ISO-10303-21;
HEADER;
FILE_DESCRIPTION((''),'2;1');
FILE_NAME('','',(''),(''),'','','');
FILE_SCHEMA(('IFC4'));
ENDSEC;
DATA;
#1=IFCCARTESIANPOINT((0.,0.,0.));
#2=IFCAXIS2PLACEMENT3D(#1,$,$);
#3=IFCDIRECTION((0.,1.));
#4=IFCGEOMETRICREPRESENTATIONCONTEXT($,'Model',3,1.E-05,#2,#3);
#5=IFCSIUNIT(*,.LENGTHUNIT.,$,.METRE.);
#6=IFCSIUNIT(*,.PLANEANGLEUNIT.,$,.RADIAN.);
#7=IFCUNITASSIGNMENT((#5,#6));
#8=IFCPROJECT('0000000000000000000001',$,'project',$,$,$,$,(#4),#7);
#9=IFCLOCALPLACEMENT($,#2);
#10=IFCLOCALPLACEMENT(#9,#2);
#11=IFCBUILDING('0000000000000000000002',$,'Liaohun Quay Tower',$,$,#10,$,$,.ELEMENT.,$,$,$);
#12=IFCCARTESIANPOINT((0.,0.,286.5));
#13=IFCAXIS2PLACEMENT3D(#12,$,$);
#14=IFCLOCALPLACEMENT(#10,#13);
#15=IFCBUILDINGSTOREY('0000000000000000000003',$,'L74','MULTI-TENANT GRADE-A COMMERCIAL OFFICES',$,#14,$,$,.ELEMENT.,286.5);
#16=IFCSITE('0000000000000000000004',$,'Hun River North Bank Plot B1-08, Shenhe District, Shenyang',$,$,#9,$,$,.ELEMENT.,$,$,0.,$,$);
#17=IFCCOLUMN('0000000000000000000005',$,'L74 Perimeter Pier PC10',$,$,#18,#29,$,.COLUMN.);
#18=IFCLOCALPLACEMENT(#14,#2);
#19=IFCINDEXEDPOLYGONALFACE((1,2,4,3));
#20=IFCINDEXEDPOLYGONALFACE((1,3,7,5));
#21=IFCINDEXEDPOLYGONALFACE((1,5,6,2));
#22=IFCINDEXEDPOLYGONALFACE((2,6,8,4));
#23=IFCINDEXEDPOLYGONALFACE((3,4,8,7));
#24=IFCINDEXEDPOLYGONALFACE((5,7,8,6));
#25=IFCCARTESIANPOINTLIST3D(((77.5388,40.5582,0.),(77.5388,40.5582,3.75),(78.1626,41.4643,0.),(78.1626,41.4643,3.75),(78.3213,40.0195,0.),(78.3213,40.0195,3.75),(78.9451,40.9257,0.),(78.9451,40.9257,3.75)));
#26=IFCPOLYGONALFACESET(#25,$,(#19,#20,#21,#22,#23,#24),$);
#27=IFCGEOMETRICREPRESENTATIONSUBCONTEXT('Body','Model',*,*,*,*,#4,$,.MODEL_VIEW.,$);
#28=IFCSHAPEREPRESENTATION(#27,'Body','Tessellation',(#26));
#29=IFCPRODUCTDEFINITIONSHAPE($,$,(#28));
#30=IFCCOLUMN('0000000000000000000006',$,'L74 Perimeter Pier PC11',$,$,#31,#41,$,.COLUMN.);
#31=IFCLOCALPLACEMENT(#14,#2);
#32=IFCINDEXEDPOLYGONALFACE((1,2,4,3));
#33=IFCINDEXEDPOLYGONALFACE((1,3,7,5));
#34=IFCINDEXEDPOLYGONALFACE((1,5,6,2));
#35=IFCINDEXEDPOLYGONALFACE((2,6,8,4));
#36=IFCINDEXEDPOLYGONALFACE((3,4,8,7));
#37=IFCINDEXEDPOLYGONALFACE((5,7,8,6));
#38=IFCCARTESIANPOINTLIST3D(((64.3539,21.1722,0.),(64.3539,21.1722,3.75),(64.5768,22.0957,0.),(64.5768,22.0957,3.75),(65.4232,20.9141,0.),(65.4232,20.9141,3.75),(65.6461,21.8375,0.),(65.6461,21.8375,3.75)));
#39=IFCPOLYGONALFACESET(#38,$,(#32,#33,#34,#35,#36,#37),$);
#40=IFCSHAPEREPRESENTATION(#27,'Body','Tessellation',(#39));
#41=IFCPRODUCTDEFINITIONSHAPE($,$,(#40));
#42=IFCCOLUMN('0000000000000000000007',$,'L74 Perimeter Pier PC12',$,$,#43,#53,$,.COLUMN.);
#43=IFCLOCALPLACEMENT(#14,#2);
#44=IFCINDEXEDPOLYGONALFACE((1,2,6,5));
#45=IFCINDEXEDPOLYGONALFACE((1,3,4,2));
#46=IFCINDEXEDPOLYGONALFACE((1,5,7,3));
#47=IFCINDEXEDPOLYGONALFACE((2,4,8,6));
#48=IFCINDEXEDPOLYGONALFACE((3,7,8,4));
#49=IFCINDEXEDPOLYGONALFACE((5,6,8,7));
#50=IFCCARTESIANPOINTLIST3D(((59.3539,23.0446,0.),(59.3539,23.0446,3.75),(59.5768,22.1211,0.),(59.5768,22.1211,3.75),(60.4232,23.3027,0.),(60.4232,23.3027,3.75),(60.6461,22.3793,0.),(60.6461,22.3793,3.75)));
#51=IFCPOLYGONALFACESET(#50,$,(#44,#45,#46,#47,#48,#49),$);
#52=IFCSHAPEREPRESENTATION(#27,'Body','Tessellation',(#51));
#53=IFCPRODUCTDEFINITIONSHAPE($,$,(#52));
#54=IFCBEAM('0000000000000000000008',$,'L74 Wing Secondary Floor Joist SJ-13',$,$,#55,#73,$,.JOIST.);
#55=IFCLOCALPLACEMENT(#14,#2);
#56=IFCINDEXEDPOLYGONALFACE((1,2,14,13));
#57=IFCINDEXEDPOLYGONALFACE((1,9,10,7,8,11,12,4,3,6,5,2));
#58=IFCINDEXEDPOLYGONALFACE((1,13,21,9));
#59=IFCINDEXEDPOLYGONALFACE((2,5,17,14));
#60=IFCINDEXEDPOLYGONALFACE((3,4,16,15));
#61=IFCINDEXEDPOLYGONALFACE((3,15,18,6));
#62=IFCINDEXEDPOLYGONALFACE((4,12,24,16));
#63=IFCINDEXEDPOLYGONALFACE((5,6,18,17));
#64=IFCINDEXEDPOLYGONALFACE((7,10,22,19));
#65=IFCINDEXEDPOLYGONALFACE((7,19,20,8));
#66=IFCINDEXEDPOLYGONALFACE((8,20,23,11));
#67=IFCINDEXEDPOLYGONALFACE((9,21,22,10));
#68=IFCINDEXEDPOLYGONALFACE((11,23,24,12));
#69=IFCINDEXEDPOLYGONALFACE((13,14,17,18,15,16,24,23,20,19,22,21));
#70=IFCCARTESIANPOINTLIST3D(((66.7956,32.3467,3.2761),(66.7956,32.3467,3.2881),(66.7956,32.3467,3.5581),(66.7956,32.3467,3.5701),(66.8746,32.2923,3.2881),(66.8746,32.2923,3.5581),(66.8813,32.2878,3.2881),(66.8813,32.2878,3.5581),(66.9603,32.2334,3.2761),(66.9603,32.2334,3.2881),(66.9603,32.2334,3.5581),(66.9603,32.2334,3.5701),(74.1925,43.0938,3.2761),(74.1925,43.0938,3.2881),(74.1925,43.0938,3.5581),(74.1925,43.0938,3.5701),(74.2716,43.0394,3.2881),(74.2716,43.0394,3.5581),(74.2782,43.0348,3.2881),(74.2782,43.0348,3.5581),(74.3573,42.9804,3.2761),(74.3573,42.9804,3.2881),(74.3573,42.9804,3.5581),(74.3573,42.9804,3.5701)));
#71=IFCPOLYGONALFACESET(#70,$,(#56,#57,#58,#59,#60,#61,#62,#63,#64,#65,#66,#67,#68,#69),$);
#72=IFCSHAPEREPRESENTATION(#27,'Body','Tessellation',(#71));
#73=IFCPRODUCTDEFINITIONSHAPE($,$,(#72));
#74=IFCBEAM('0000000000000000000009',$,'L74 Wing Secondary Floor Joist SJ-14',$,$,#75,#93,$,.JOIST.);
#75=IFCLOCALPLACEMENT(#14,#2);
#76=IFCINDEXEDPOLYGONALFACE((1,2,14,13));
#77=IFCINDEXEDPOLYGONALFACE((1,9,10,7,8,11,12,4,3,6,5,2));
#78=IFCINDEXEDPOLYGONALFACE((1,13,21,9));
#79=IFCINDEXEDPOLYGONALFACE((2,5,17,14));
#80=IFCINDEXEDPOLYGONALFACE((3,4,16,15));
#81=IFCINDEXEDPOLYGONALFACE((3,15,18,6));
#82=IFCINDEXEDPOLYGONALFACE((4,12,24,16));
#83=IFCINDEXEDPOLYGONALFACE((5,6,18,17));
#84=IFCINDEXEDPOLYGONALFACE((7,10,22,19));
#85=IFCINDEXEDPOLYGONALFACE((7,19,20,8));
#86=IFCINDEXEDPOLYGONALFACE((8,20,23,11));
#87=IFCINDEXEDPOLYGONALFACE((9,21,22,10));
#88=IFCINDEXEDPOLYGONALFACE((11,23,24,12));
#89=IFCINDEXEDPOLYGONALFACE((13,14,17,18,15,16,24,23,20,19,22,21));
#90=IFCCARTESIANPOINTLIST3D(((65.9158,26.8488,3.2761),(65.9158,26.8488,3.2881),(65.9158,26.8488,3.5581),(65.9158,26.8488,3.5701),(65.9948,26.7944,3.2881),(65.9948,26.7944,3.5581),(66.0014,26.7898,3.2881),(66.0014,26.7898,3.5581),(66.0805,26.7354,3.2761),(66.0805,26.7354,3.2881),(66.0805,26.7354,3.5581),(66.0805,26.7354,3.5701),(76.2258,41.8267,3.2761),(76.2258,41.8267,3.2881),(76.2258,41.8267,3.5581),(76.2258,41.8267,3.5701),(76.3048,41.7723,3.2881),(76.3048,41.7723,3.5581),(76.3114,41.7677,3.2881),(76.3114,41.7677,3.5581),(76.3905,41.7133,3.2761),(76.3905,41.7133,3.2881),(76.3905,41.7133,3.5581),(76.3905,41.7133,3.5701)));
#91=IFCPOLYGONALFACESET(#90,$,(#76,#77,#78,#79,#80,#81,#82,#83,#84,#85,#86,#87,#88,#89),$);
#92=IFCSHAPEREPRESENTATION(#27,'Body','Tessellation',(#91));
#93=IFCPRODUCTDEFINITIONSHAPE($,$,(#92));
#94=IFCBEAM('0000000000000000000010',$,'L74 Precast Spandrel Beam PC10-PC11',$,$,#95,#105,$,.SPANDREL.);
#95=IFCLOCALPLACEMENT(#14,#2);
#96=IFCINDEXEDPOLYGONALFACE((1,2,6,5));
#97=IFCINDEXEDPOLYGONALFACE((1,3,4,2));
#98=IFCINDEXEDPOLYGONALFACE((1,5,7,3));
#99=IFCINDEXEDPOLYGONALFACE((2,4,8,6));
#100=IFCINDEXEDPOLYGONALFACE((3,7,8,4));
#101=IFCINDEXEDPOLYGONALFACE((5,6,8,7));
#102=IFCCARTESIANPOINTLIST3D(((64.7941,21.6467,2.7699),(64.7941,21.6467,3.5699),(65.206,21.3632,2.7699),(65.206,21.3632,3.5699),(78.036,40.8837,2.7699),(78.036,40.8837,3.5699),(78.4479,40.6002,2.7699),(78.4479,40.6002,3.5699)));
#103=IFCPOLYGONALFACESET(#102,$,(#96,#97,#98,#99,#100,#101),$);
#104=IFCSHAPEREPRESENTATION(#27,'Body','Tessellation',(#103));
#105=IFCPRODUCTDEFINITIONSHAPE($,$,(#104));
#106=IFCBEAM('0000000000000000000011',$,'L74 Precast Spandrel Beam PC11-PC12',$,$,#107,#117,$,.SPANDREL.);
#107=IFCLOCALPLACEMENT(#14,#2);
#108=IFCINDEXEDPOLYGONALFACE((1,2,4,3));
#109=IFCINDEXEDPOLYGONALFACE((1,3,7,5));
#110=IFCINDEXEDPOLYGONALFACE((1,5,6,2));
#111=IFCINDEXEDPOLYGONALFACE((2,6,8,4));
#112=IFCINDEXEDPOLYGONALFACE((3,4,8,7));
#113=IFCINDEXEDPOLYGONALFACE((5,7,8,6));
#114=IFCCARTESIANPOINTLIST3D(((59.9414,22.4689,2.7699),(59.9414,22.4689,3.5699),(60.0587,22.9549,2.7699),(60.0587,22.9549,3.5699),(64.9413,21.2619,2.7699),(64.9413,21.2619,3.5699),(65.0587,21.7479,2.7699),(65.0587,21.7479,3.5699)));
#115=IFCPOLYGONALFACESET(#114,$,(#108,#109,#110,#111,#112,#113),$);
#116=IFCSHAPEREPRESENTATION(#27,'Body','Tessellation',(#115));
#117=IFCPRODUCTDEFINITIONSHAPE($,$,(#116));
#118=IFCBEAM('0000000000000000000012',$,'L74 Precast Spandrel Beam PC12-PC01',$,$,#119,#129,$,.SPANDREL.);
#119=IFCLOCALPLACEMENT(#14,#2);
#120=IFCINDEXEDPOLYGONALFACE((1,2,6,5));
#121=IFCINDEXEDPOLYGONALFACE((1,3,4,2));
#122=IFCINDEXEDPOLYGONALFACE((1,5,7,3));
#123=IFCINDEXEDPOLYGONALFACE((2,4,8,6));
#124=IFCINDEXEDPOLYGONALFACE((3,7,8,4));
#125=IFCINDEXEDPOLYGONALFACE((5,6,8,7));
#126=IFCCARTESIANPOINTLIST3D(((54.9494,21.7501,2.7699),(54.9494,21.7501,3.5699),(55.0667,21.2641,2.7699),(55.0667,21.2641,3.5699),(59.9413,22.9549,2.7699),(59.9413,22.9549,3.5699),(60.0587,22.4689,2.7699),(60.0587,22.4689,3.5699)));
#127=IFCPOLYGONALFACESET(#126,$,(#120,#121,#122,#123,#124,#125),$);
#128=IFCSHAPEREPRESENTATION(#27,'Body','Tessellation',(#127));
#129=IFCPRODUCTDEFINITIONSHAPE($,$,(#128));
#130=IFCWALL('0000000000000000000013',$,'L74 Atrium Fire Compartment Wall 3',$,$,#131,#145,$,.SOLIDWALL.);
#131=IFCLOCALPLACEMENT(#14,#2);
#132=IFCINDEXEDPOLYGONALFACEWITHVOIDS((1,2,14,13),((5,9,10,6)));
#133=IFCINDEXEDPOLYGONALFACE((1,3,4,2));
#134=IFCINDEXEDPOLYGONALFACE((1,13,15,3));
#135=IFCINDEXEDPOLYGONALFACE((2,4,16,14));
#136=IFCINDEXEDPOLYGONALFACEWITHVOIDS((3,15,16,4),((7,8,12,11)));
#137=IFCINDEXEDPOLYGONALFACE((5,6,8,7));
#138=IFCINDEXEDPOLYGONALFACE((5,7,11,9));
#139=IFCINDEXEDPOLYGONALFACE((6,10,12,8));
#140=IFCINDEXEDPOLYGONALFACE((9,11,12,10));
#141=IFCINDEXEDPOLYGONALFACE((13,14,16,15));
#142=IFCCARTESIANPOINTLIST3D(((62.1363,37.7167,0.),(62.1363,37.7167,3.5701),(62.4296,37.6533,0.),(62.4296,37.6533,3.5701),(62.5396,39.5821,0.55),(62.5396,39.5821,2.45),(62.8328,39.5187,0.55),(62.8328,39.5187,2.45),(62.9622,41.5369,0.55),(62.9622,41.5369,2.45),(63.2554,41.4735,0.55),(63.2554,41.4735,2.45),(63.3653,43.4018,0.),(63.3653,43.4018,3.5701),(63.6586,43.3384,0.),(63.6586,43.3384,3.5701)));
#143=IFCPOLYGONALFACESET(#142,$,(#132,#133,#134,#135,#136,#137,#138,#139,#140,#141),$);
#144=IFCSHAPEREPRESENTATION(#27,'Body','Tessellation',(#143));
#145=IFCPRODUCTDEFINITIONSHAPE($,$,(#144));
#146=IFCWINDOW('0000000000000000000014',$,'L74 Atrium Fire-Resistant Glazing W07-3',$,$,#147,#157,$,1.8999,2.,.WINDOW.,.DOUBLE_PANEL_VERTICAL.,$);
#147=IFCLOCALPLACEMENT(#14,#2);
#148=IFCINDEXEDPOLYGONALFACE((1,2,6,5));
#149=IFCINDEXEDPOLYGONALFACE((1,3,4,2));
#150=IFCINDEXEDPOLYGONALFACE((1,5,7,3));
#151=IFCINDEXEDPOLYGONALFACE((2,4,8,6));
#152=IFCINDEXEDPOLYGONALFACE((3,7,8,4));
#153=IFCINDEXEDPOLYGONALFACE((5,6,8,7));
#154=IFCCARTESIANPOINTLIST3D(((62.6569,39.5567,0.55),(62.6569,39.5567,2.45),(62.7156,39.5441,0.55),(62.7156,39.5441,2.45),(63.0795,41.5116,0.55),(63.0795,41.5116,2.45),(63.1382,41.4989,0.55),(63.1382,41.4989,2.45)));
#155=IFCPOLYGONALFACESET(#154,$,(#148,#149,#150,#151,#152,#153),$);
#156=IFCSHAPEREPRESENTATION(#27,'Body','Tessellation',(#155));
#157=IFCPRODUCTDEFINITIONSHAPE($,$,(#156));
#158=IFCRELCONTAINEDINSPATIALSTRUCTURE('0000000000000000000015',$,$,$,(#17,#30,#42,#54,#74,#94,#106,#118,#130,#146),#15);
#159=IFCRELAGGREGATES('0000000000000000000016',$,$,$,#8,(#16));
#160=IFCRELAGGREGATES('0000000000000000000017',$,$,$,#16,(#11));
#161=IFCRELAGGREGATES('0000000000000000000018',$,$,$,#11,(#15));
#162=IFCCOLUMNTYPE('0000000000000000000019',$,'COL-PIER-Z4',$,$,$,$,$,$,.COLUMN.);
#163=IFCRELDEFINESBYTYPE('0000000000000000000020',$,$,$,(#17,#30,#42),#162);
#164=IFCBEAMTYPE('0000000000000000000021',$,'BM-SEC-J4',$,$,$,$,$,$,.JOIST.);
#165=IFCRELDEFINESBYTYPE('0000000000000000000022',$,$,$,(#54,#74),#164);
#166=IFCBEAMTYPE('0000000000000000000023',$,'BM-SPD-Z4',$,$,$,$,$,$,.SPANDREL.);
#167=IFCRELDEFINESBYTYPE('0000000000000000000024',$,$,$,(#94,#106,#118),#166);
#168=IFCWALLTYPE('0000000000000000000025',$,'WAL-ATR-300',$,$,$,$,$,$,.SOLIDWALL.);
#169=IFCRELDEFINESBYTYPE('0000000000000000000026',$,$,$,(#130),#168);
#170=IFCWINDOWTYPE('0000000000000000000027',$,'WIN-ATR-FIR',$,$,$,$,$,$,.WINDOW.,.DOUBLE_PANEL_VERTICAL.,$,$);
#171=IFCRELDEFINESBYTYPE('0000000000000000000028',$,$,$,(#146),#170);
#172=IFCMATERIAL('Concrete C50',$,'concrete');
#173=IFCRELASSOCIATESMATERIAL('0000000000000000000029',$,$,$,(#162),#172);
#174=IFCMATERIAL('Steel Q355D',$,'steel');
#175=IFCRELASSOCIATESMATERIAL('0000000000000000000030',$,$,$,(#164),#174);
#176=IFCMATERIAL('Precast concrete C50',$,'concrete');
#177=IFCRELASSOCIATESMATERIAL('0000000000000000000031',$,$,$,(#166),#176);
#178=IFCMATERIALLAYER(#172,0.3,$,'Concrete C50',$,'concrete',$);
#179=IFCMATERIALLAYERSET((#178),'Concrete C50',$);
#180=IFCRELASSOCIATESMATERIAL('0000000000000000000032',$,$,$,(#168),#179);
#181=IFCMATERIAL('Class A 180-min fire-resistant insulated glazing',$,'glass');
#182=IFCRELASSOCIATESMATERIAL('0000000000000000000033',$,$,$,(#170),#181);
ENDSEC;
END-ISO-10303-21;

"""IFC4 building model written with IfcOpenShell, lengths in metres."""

from ifc_helpers import new_model, si_unit, direction, frame, frame_2d, origin, origin_2d, place, context, subcontext, project, spatial, rectangle, i_section, extrude, source, transform, mapped, material, layer, layer_set, material_profile, profile_set, type_object, element, fill, save


model = new_model("IFC4")

# Units and contexts
model_context = context("Model", 3, precision=1e-05, world=origin(), true_north=direction((0.0, 1.0)))
body_context = subcontext(model_context, "Body", "Model", "MODEL_VIEW")
ifc_project = project(units=[si_unit("LENGTHUNIT", "METRE"), si_unit("PLANEANGLEUNIT", "RADIAN")], contexts=[model_context])

# Site, building, storey
site_placement = place(None, origin())
site = spatial("IfcSite", under=ifc_project, at=site_placement, Name="Hun River North Bank Plot B1-08, Shenhe District, Shenyang", CompositionType="ELEMENT", RefElevation=0.0)
building_placement = place(site_placement, origin())
building = spatial("IfcBuilding", under=site, at=building_placement, Name="Liaohun Quay Tower", CompositionType="ELEMENT")
storey_placement = place(building_placement, frame((0.0, 0.0, 286.5)))
storey = spatial("IfcBuildingStorey", under=building, at=storey_placement, Name="L74", Description="MULTI-TENANT GRADE-A COMMERCIAL OFFICES", CompositionType="ELEMENT", Elevation=286.5)

# Columns
ifc_material_1 = material(Name="Concrete C50", Category="concrete")
ifc_material_profile_1 = material_profile(ifc_material_1, rectangle(XDim=1.1001, YDim=0.95, at=origin_2d()), Name="RC1100x950")
ifc_profile_set_1 = profile_set([ifc_material_profile_1], Name="Concrete C50")
column_type = type_object("IfcColumnType", Name="COL-PIER-Z4", PredefinedType="COLUMN", material=ifc_profile_set_1)
shared_shape_1 = source(origin(), body_context, "Body", "SweptSolid", [
    extrude(rectangle(XDim=1.1001, YDim=0.95, at=origin_2d()), origin(), (0.0, 0.0, 1.0), 3.75),
])
for number, where, z_axis, x_axis, name in (
    (1, (78.2419, 40.7419, 0.0), (0.0, 0.0, 1.0), (0.566981, 0.823731, 0.0), "L74 Perimeter Pier PC10"),
    (2, (65.0, 21.5049, 0.0), (0.0, 0.0, 1.0), (-0.972084, 0.234633, 0.0), "L74 Perimeter Pier PC11"),
    (3, (60.0, 22.7119, 0.0), (0.0, 0.0, 1.0), (0.972084, 0.234633, 0.0), "L74 Perimeter Pier PC12"),
):
    element("IfcColumn", number, at=place(storey_placement, frame(where, z_axis=z_axis, x_axis=x_axis)), inside=storey, type_object=column_type, Name=name, PredefinedType="COLUMN", context=body_context, shape_type="MappedRepresentation", body=[
        mapped(shared_shape_1, transform((0.0, 0.0, 0.0), x_axis=(1.0, 0.0, 0.0), y_axis=(0.0, 1.0, 0.0), z_axis=(0.0, 0.0, 1.0), scale=1.0)),
    ])

# Beams
ifc_material_2 = material(Name="Steel Q355D", Category="steel")
ifc_material_profile_2 = material_profile(ifc_material_2, i_section(OverallWidth=0.2, OverallDepth=0.2939, WebThickness=0.0081, FlangeThickness=0.012, at=origin_2d()), Name="HM294x200x8x12")
ifc_profile_set_2 = profile_set([ifc_material_profile_2], Name="Steel Q355D")
beam_type_1 = type_object("IfcBeamType", Name="BM-SEC-J4", PredefinedType="JOIST", material=ifc_profile_set_2)
shared_shape_2 = source(origin(), body_context, "Body", "SweptSolid", [
    extrude(i_section(OverallWidth=0.2, OverallDepth=0.2939, WebThickness=0.0081, FlangeThickness=0.012, at=origin_2d()), origin(), (0.0, 0.0, 1.0), 13.0466),
])
beam_1_placement = place(storey_placement, frame((74.2749, 43.0371, 3.4231), z_axis=(-0.566964, -0.823743, 0.0), x_axis=(0.823743, -0.566964, 0.0)))
element("IfcBeam", 4, at=beam_1_placement, inside=storey, type_object=beam_type_1, Name="L74 Wing Secondary Floor Joist SJ-13", PredefinedType="JOIST", context=body_context, shape_type="MappedRepresentation", body=[
    mapped(shared_shape_2, transform((0.0, 0.0, 0.0), x_axis=(1.0, 0.0, 0.0), y_axis=(0.0, 1.0, 0.0), z_axis=(0.0, 0.0, 1.0), scale=1.0)),
])
shared_shape_3 = source(origin(), body_context, "Body", "SweptSolid", [
    extrude(i_section(OverallWidth=0.2, OverallDepth=0.2939, WebThickness=0.0081, FlangeThickness=0.012, at=origin_2d()), origin(), (0.0, 0.0, 1.0), 18.1833),
])
beam_2_placement = place(storey_placement, frame((76.3081, 41.77, 3.4231), z_axis=(-0.567002, -0.823717, 0.0), x_axis=(0.823717, -0.567002, 0.0)))
element("IfcBeam", 5, at=beam_2_placement, inside=storey, type_object=beam_type_1, Name="L74 Wing Secondary Floor Joist SJ-14", PredefinedType="JOIST", context=body_context, shape_type="MappedRepresentation", body=[
    mapped(shared_shape_3, transform((0.0, 0.0, 0.0), x_axis=(1.0, 0.0, 0.0), y_axis=(0.0, 1.0, 0.0), z_axis=(0.0, 0.0, 1.0), scale=1.0)),
])
ifc_material_3 = material(Name="Precast concrete C50", Category="concrete")
ifc_material_profile_3 = material_profile(ifc_material_3, rectangle(XDim=0.5, YDim=0.8, at=origin_2d()), Name="RC500x800")
ifc_profile_set_3 = profile_set([ifc_material_profile_3], Name="Precast concrete C50")
beam_type_2 = type_object("IfcBeamType", Name="BM-SPD-Z4", PredefinedType="SPANDREL", material=ifc_profile_set_3)
shared_shape_4 = source(origin(), body_context, "Body", "SweptSolid", [
    extrude(rectangle(XDim=0.5, YDim=0.8, at=origin_2d()), origin(), (0.0, 0.0, 1.0), 23.354),
])
beam_3_placement = place(storey_placement, frame((78.2419, 40.7419, 3.1699), z_axis=(-0.567007, -0.823713, 0.0), x_axis=(0.823713, -0.567007, 0.0)))
element("IfcBeam", 6, at=beam_3_placement, inside=storey, type_object=beam_type_2, Name="L74 Precast Spandrel Beam PC10-PC11", PredefinedType="SPANDREL", context=body_context, shape_type="MappedRepresentation", body=[
    mapped(shared_shape_4, transform((0.0, 0.0, 0.0), x_axis=(1.0, 0.0, 0.0), y_axis=(0.0, 1.0, 0.0), z_axis=(0.0, 0.0, 1.0), scale=1.0)),
])
shared_shape_5 = source(origin(), body_context, "Body", "SweptSolid", [
    extrude(rectangle(XDim=0.5, YDim=0.8, at=origin_2d()), origin(), (0.0, 0.0, 1.0), 5.1436),
])
beam_4_placement = place(storey_placement, frame((65.0, 21.5049, 3.1699), z_axis=(-0.972076, 0.234665, 0.0), x_axis=(-0.234665, -0.972076, 0.0)))
element("IfcBeam", 7, at=beam_4_placement, inside=storey, type_object=beam_type_2, Name="L74 Precast Spandrel Beam PC11-PC12", PredefinedType="SPANDREL", context=body_context, shape_type="MappedRepresentation", body=[
    mapped(shared_shape_5, transform((0.0, 0.0, 0.0), x_axis=(1.0, 0.0, 0.0), y_axis=(0.0, 1.0, 0.0), z_axis=(0.0, 0.0, 1.0), scale=1.0)),
])
shared_shape_6 = source(origin(), body_context, "Body", "SweptSolid", [
    extrude(rectangle(XDim=0.5, YDim=0.8, at=origin_2d()), origin(), (0.0, 0.0, 1.0), 5.1353),
])
beam_5_placement = place(storey_placement, frame((60.0, 22.7119, 3.1699), z_axis=(-0.972087, -0.234619, 0.0), x_axis=(0.234619, -0.972087, 0.0)))
element("IfcBeam", 8, at=beam_5_placement, inside=storey, type_object=beam_type_2, Name="L74 Precast Spandrel Beam PC12-PC01", PredefinedType="SPANDREL", context=body_context, shape_type="MappedRepresentation", body=[
    mapped(shared_shape_6, transform((0.0, 0.0, 0.0), x_axis=(1.0, 0.0, 0.0), y_axis=(0.0, 1.0, 0.0), z_axis=(0.0, 0.0, 1.0), scale=1.0)),
])

# Wall, opening, window
ifc_layer_1 = layer(ifc_material_1, 0.3, Name="Concrete C50", Category="concrete")
ifc_layer_set_1 = layer_set([ifc_layer_1], Name="Concrete C50")
wall_type_1 = type_object("IfcWallType", Name="WAL-ATR-300", PredefinedType="SOLIDWALL", material=ifc_layer_set_1)
wall_1_placement = place(storey_placement, frame((63.512, 43.3701, 0.0), z_axis=(0.0, 0.0, 1.0), x_axis=(-0.2113, -0.977421, 0.0)))
wall_1 = element("IfcWall", 9, at=wall_1_placement, inside=storey, type_object=wall_type_1, Name="L74 Atrium Fire Compartment Wall 3", PredefinedType="SOLIDWALL", context=body_context, shape_type="SweptSolid", body=[
    extrude(rectangle(XDim=5.8164, YDim=0.3, at=frame_2d((2.9082, 0.0))), origin(), (0.0, 0.0, 1.0), 3.5701),
])
shared_shape_7 = source(origin(), body_context, "Body", "SweptSolid", [
    extrude(rectangle(XDim=2.0, YDim=1.8999, at=frame_2d((1.0, 0.95))), frame((0.0, 0.1599, 0.0), z_axis=(0.0, -1.0, 0.0), x_axis=(1.0, 0.0, 0.0)), (0.0, 0.0, 1.0), 0.3201),
])
opening_1_placement = place(wall_1_placement, frame((1.908, 0.0, 0.55)))
opening_1 = element("IfcOpeningElement", 10, at=opening_1_placement, cuts=wall_1, PredefinedType="OPENING", context=body_context, shape_type="MappedRepresentation", body=[
    mapped(shared_shape_7, transform((0.0, 0.0, 0.0), x_axis=(1.0, 0.0, 0.0), y_axis=(0.0, 1.0, 0.0), z_axis=(0.0, 0.0, 1.0), scale=1.0)),
])
ifc_material_4 = material(Name="Class A 180-min fire-resistant insulated glazing", Category="glass")
window_type_1 = type_object("IfcWindowType", Name="WIN-ATR-FIR", PartitioningType="DOUBLE_PANEL_VERTICAL", PredefinedType="WINDOW", material=ifc_material_4)
shared_shape_8 = source(origin(), body_context, "Body", "SweptSolid", [
    extrude(rectangle(XDim=2.0, YDim=1.8999, at=frame_2d((1.0, 0.95))), frame((0.0, 0.03, 0.0), z_axis=(0.0, -1.0, 0.0), x_axis=(1.0, 0.0, 0.0)), (0.0, 0.0, 1.0), 0.0601),
])
window_1_placement = place(opening_1_placement, origin())
window_1 = element("IfcWindow", 11, at=window_1_placement, inside=storey, type_object=window_type_1, Name="L74 Atrium Fire-Resistant Glazing W07-3", OverallHeight=1.8999, OverallWidth=2.0, PartitioningType="DOUBLE_PANEL_VERTICAL", PredefinedType="WINDOW", context=body_context, shape_type="MappedRepresentation", body=[
    mapped(shared_shape_8, transform((0.0, 0.0, 0.0), x_axis=(1.0, 0.0, 0.0), y_axis=(0.0, 1.0, 0.0), z_axis=(0.0, 0.0, 1.0), scale=1.0)),
])
fill(opening_1, window_1)

save(model, "model.ifc")
